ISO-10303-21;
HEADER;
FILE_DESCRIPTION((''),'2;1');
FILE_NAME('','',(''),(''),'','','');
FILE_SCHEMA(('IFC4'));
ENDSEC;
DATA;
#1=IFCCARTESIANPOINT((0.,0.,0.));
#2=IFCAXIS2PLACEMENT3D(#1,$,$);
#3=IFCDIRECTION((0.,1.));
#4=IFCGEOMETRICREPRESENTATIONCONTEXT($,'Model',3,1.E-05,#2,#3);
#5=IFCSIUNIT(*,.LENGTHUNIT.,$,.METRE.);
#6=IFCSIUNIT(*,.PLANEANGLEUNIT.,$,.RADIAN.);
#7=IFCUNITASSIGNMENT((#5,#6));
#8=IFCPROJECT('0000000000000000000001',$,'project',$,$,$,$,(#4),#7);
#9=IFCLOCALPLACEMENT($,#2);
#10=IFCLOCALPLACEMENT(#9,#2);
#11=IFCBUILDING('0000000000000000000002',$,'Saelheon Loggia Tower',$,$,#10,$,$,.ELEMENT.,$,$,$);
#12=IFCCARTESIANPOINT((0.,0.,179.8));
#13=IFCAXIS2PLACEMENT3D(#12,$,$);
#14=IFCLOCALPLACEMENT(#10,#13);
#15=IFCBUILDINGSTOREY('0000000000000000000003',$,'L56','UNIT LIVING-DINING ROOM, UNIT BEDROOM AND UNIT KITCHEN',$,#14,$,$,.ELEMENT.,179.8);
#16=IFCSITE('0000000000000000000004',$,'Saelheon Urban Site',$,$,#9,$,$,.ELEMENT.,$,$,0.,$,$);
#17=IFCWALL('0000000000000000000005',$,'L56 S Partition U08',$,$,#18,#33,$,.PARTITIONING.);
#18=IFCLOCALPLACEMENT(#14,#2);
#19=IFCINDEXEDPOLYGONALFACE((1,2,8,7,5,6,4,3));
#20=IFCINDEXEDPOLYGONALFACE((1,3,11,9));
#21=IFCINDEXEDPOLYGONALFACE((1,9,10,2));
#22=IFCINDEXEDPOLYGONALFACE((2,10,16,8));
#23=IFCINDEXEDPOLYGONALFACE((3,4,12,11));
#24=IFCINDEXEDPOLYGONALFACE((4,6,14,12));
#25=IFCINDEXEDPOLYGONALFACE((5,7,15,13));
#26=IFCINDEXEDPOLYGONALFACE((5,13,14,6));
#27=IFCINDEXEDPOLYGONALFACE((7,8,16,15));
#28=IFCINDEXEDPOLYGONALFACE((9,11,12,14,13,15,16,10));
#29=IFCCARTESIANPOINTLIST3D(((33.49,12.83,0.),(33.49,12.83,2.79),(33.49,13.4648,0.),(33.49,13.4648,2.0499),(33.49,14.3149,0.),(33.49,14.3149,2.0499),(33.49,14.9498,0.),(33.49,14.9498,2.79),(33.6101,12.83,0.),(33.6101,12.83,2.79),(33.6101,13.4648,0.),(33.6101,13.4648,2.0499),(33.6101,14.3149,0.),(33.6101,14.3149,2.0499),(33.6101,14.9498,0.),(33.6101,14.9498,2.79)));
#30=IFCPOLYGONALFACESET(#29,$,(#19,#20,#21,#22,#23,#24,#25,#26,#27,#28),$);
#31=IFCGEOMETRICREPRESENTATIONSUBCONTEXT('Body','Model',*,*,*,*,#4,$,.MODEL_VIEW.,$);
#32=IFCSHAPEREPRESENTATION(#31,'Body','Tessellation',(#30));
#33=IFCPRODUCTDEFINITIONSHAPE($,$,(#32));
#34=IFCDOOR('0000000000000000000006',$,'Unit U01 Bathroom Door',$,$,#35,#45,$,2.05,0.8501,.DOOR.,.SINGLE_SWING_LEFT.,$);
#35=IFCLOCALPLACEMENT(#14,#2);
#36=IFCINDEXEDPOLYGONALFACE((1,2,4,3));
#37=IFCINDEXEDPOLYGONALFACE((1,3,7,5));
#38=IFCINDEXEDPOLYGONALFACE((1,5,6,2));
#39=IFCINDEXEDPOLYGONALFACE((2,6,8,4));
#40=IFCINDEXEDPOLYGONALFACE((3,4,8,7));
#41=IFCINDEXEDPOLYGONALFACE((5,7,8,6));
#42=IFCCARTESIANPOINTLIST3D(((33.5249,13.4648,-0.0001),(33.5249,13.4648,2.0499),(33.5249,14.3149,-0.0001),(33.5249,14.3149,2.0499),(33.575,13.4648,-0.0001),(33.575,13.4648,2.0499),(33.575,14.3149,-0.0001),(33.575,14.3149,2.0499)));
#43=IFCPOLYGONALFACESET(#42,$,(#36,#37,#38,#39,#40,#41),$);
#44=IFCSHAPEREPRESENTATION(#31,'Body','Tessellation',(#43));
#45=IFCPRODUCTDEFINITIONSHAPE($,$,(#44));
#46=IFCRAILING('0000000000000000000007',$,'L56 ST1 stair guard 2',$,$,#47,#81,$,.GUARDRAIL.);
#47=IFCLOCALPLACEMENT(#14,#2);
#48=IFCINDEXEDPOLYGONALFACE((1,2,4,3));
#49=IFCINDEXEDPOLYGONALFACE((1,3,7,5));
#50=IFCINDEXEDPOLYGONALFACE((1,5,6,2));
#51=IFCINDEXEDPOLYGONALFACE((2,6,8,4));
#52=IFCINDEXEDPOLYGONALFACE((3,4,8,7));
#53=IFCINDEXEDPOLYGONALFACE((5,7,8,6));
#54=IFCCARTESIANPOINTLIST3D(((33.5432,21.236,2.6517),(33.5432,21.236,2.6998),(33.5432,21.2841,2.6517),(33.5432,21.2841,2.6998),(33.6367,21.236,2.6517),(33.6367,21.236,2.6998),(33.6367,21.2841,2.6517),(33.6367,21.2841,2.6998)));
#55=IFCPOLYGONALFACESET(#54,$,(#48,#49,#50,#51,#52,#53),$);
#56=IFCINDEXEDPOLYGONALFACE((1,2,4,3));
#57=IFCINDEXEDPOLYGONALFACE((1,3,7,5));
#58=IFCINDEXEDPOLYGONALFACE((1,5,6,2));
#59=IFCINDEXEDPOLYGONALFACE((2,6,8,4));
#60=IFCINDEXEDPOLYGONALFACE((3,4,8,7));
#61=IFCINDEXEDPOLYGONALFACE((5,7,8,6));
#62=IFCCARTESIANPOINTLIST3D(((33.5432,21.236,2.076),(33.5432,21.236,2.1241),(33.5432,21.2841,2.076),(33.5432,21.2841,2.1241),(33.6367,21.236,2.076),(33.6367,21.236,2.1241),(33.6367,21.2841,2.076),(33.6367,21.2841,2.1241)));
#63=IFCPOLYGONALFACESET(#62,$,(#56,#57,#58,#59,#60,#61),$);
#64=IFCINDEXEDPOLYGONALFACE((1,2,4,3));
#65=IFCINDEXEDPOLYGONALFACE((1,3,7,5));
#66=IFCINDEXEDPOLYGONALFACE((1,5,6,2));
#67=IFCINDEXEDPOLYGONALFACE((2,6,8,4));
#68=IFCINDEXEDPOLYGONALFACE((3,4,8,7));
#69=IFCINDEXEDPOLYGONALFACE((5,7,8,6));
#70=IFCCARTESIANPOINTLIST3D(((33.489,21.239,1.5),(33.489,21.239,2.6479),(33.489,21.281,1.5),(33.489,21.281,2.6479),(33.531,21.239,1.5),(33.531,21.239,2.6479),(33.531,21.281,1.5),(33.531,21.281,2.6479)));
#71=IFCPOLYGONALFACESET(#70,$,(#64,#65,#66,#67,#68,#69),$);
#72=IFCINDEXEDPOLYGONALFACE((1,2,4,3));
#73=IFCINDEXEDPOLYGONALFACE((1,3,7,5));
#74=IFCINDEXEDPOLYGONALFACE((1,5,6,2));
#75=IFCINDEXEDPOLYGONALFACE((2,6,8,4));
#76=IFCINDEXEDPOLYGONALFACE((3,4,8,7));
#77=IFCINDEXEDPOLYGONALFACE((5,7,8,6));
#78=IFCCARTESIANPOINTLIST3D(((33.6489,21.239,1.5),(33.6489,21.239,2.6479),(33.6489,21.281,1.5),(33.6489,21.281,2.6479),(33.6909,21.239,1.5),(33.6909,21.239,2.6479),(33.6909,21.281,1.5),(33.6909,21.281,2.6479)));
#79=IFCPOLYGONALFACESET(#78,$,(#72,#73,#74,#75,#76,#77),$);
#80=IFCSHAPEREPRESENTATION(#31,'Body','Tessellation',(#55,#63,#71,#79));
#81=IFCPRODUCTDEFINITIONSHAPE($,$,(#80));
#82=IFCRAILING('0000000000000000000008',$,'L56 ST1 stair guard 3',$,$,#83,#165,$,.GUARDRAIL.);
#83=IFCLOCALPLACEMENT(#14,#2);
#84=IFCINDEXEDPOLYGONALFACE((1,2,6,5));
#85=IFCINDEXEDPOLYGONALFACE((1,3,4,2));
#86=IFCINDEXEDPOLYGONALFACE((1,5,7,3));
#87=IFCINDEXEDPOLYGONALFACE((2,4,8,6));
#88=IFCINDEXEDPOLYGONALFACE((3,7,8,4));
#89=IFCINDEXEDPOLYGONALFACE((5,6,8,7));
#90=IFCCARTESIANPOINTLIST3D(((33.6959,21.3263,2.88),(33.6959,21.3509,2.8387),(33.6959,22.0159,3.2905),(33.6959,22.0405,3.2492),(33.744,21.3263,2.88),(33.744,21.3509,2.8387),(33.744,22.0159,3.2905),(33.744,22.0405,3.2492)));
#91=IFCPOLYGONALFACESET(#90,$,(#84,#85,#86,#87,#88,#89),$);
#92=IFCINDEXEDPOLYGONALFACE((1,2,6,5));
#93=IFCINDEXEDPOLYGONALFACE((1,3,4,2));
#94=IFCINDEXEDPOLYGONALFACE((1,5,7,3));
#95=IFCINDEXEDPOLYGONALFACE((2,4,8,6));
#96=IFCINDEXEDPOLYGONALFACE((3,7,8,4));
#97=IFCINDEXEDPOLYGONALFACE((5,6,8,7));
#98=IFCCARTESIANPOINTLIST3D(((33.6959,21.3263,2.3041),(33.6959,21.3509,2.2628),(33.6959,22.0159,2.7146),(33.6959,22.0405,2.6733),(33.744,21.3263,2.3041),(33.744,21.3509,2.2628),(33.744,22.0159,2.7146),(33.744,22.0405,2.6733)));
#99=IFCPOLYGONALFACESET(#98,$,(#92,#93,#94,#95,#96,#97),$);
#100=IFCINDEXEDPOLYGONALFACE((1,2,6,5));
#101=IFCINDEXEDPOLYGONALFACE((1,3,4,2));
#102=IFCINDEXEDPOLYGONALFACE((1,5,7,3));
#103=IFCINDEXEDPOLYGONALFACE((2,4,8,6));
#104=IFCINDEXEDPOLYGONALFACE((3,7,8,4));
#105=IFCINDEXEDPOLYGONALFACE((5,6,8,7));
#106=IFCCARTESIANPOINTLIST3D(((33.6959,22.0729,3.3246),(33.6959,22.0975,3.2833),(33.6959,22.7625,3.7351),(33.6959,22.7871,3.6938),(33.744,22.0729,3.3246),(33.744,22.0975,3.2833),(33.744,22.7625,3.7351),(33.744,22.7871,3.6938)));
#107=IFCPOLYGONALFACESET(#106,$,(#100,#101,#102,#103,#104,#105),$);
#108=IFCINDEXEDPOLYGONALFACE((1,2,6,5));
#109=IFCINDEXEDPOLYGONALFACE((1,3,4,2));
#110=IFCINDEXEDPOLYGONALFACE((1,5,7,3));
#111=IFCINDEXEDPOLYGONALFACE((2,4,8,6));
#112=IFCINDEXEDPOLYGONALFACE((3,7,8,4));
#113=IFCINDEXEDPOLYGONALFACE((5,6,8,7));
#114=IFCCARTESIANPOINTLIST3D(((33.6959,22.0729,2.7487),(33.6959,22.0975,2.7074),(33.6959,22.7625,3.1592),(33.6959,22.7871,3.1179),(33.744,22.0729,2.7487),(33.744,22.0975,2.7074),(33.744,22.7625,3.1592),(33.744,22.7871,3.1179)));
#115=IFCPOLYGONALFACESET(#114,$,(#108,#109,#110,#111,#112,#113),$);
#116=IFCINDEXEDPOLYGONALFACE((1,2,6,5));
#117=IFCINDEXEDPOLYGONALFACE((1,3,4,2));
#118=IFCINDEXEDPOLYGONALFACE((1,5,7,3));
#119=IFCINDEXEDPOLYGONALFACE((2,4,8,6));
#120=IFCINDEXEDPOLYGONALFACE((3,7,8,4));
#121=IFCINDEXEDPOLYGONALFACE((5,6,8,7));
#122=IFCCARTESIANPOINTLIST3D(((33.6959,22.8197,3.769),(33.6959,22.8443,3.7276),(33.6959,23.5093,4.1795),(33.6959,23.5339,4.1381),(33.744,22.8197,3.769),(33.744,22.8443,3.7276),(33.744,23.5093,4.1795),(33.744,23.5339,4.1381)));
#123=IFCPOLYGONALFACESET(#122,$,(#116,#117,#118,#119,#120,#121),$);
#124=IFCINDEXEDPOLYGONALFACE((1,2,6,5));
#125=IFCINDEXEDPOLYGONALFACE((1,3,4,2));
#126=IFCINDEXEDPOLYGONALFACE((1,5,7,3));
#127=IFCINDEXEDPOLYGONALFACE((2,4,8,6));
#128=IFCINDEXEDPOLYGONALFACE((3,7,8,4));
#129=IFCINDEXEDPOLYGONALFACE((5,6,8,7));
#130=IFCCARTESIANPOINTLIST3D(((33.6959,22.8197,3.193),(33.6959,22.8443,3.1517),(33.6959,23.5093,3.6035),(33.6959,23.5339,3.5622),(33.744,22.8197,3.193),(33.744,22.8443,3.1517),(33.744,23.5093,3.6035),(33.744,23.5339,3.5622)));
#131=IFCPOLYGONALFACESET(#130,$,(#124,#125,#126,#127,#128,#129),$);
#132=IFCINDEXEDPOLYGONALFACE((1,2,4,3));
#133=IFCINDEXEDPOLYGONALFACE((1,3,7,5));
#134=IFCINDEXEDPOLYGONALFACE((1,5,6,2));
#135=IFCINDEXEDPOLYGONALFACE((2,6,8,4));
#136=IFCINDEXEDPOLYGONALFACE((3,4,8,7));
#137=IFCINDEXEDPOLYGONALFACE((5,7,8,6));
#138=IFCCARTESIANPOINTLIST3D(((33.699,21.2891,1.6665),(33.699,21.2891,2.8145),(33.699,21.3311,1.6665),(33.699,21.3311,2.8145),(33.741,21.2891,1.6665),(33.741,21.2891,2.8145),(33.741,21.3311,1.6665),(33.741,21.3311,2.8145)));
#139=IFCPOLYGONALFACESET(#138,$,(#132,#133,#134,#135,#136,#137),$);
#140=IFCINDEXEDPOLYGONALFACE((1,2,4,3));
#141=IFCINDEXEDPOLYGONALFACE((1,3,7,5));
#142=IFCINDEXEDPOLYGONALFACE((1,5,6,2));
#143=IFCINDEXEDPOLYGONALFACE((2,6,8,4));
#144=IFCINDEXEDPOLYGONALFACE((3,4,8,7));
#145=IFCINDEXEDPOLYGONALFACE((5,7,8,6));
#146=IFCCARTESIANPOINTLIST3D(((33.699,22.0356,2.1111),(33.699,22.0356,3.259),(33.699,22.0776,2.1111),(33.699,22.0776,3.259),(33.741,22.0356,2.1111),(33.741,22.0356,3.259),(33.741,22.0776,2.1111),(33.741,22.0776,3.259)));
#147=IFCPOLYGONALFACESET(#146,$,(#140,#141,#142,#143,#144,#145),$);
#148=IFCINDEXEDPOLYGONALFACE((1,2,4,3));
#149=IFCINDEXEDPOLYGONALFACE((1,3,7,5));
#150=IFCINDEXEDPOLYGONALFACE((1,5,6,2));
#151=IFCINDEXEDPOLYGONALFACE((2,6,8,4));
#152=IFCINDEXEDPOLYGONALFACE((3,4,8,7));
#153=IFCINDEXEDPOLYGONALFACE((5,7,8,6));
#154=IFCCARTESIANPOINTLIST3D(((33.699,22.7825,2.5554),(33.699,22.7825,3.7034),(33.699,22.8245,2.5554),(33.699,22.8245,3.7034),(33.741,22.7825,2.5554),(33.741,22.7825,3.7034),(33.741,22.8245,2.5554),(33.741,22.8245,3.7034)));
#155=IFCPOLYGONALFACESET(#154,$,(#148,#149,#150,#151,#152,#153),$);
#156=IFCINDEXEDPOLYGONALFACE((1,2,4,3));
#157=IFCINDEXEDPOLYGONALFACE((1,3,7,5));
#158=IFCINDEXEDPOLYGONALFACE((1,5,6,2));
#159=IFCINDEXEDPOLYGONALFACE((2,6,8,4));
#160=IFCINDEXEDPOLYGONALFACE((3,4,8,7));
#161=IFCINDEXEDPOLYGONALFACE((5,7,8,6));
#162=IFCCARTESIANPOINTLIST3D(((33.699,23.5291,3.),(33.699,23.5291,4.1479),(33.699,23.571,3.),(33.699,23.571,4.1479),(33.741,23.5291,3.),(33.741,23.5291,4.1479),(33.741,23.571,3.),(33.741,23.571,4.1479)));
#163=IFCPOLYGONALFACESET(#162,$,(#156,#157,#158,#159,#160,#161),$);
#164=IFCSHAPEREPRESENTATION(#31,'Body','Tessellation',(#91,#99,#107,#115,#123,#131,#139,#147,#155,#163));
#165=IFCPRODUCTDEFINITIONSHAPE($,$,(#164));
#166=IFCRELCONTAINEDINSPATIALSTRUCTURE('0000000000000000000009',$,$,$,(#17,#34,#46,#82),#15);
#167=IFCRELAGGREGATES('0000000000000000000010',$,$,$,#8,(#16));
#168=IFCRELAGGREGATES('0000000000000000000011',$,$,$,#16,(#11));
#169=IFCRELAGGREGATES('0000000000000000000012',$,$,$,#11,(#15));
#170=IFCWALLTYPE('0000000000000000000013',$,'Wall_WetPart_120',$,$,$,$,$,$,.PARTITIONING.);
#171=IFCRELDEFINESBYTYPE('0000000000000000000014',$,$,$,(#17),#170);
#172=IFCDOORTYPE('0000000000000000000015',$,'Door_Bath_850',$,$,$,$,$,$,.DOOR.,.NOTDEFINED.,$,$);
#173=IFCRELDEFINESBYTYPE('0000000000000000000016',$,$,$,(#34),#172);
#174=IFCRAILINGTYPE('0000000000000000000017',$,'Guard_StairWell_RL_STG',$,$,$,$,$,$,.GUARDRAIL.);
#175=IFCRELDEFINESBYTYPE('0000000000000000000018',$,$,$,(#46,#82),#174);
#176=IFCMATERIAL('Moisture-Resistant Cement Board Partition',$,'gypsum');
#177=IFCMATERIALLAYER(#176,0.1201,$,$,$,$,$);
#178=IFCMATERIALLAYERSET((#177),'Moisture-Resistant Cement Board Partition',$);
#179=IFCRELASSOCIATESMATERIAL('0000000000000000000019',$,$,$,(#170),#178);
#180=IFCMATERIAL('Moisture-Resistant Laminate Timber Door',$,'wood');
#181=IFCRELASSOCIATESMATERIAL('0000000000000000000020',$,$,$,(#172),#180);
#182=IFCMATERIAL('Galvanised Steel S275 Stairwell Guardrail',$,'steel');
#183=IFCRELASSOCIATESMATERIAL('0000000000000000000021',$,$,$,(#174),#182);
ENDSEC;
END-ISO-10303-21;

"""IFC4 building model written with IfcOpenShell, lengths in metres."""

from ifc_helpers import new_model, si_unit, direction, frame, frame_2d, origin, origin_2d, place, context, subcontext, project, spatial, rectangle, extrude, source, transform, mapped, material, layer, layer_set, type_object, element, fill, save


model = new_model("IFC4")

# Units and contexts
model_context = context("Model", 3, precision=1e-05, world=origin(), true_north=direction((0.0, 1.0)))
body_context = subcontext(model_context, "Body", "Model", "MODEL_VIEW")
ifc_project = project(units=[si_unit("LENGTHUNIT", "METRE"), si_unit("PLANEANGLEUNIT", "RADIAN")], contexts=[model_context])

# Site, building, storey
site_placement = place(None, origin())
site = spatial("IfcSite", under=ifc_project, at=site_placement, Name="Saelheon Urban Site", CompositionType="ELEMENT", RefElevation=0.0)
building_placement = place(site_placement, origin())
building = spatial("IfcBuilding", under=site, at=building_placement, Name="Saelheon Loggia Tower", CompositionType="ELEMENT")
storey_placement = place(building_placement, frame((0.0, 0.0, 179.8)))
storey = spatial("IfcBuildingStorey", under=building, at=storey_placement, Name="L56", Description="UNIT LIVING-DINING ROOM, UNIT BEDROOM AND UNIT KITCHEN", CompositionType="ELEMENT", Elevation=179.8)

# Wall, opening, door
ifc_material_1 = material(Name="Moisture-Resistant Cement Board Partition", Category="gypsum")
ifc_layer_1 = layer(ifc_material_1, 0.1201)
ifc_layer_set_1 = layer_set([ifc_layer_1], Name="Moisture-Resistant Cement Board Partition")
wall_type_1 = type_object("IfcWallType", Name="Wall_WetPart_120", PredefinedType="PARTITIONING", material=ifc_layer_set_1)
wall_1_placement = place(storey_placement, frame((33.55, 14.95, 0.0), z_axis=(0.0, 0.0, 1.0), x_axis=(0.0, -1.0, 0.0)))
wall_1 = element("IfcWall", 1, at=wall_1_placement, inside=storey, type_object=wall_type_1, Name="L56 S Partition U08", PredefinedType="PARTITIONING", context=body_context, shape_type="SweptSolid", body=[
    extrude(rectangle(XDim=2.1199, YDim=0.1201, at=frame_2d((1.0601, 0.0))), origin(), (0.0, 0.0, 1.0), 2.79),
])
opening_1_placement = place(wall_1_placement, frame((0.635, 0.0, 0.0)))
opening_1 = element("IfcOpeningElement", 2, at=opening_1_placement, cuts=wall_1, PredefinedType="OPENING", context=body_context, shape_type="SweptSolid", body=[
    extrude(rectangle(XDim=0.8501, YDim=2.05, at=frame_2d((0.425, 1.0249))), frame((0.0, 0.072, 0.0), z_axis=(0.0, -1.0, 0.0), x_axis=(1.0, 0.0, 0.0)), (0.0, 0.0, 1.0), 0.144),
])
ifc_material_2 = material(Name="Moisture-Resistant Laminate Timber Door", Category="wood")
door_type_1 = type_object("IfcDoorType", Name="Door_Bath_850", OperationType="NOTDEFINED", PredefinedType="DOOR", material=ifc_material_2)
shared_shape_1 = source(origin(), body_context, "Body", "SweptSolid", [
    extrude(rectangle(XDim=0.8501, YDim=2.05, at=frame_2d((0.425, 1.0249))), frame((0.0, 0.0249, 0.0), z_axis=(0.0, -1.0, 0.0), x_axis=(1.0, 0.0, 0.0)), (0.0, 0.0, 1.0), 0.05),
])
door_1_placement = place(opening_1_placement, origin())
door_1 = element("IfcDoor", 3, at=door_1_placement, inside=storey, type_object=door_type_1, Name="Unit U01 Bathroom Door", OperationType="SINGLE_SWING_LEFT", OverallHeight=2.05, OverallWidth=0.8501, PredefinedType="DOOR", context=body_context, shape_type="MappedRepresentation", body=[
    mapped(shared_shape_1, transform((0.0, 0.0, 0.0), scale=1.0)),
])
fill(opening_1, door_1)

# Railings
ifc_material_3 = material(Name="Galvanised Steel S275 Stairwell Guardrail", Category="steel")
railing_type_1 = type_object("IfcRailingType", Name="Guard_StairWell_RL_STG", PredefinedType="GUARDRAIL", material=ifc_material_3)
railing_1_placement = place(storey_placement, frame((33.51, 21.26, 1.5)))
element("IfcRailing", 4, at=railing_1_placement, inside=storey, type_object=railing_type_1, Name="L56 ST1 stair guard 2", PredefinedType="GUARDRAIL", context=body_context, shape_type="SweptSolid", body=[
    extrude(rectangle(XDim=0.0481, YDim=0.0481, at=origin_2d()), frame((0.0332, 0.0, 1.1758), z_axis=(1.0, 0.0, 0.0), x_axis=(0.0, 1.0, 0.0)), (0.0, 0.0, 1.0), 0.0935),
    extrude(rectangle(XDim=0.0481, YDim=0.0481, at=origin_2d()), frame((0.0332, 0.0, 0.6001), z_axis=(1.0, 0.0, 0.0), x_axis=(0.0, 1.0, 0.0)), (0.0, 0.0, 1.0), 0.0935),
    extrude(rectangle(XDim=0.042, YDim=0.042, at=origin_2d()), origin(), (0.0, 0.0, 1.0), 1.1479),
    extrude(rectangle(XDim=0.042, YDim=0.042, at=origin_2d()), frame((0.1599, 0.0, 0.0)), (0.0, 0.0, 1.0), 1.1479),
])
railing_2_placement = place(storey_placement, frame((33.72, 21.3101, 1.6665)))
element("IfcRailing", 5, at=railing_2_placement, inside=storey, type_object=railing_type_1, Name="L56 ST1 stair guard 3", PredefinedType="GUARDRAIL", context=body_context, shape_type="SweptSolid", body=[
    extrude(rectangle(XDim=0.0481, YDim=0.0481, at=origin_2d()), frame((0.0, 0.0286, 1.1929), z_axis=(0.0, 0.859264, 0.511532), x_axis=(-1.0, 0.0, 0.0)), (0.0, 0.0, 1.0), 0.8025),
    extrude(rectangle(XDim=0.0481, YDim=0.0481, at=origin_2d()), frame((0.0, 0.0286, 0.6169), z_axis=(0.0, 0.859264, 0.511532), x_axis=(-1.0, 0.0, 0.0)), (0.0, 0.0, 1.0), 0.8025),
    extrude(rectangle(XDim=0.0481, YDim=0.0481, at=origin_2d()), frame((0.0, 0.7751, 1.6375), z_axis=(0.0, 0.859264, 0.511532), x_axis=(-1.0, 0.0, 0.0)), (0.0, 0.0, 1.0), 0.8025),
    extrude(rectangle(XDim=0.0481, YDim=0.0481, at=origin_2d()), frame((0.0, 0.7751, 1.0615), z_axis=(0.0, 0.859264, 0.511532), x_axis=(-1.0, 0.0, 0.0)), (0.0, 0.0, 1.0), 0.8025),
    extrude(rectangle(XDim=0.0481, YDim=0.0481, at=origin_2d()), frame((0.0, 1.522, 2.0818), z_axis=(0.0, 0.859264, 0.511532), x_axis=(-1.0, 0.0, 0.0)), (0.0, 0.0, 1.0), 0.8025),
    extrude(rectangle(XDim=0.0481, YDim=0.0481, at=origin_2d()), frame((0.0, 1.522, 1.5059), z_axis=(0.0, 0.859264, 0.511532), x_axis=(-1.0, 0.0, 0.0)), (0.0, 0.0, 1.0), 0.8025),
    extrude(rectangle(XDim=0.042, YDim=0.042, at=origin_2d()), origin(), (0.0, 0.0, 1.0), 1.1479),
    extrude(rectangle(XDim=0.042, YDim=0.042, at=origin_2d()), frame((0.0, 0.7466, 0.4446)), (0.0, 0.0, 1.0), 1.1479),
    extrude(rectangle(XDim=0.042, YDim=0.042, at=origin_2d()), frame((0.0, 1.4934, 0.8889)), (0.0, 0.0, 1.0), 1.1479),
    extrude(rectangle(XDim=0.042, YDim=0.042, at=origin_2d()), frame((0.0, 2.24, 1.3335)), (0.0, 0.0, 1.0), 1.1479),
])

save(model, "model.ifc")
